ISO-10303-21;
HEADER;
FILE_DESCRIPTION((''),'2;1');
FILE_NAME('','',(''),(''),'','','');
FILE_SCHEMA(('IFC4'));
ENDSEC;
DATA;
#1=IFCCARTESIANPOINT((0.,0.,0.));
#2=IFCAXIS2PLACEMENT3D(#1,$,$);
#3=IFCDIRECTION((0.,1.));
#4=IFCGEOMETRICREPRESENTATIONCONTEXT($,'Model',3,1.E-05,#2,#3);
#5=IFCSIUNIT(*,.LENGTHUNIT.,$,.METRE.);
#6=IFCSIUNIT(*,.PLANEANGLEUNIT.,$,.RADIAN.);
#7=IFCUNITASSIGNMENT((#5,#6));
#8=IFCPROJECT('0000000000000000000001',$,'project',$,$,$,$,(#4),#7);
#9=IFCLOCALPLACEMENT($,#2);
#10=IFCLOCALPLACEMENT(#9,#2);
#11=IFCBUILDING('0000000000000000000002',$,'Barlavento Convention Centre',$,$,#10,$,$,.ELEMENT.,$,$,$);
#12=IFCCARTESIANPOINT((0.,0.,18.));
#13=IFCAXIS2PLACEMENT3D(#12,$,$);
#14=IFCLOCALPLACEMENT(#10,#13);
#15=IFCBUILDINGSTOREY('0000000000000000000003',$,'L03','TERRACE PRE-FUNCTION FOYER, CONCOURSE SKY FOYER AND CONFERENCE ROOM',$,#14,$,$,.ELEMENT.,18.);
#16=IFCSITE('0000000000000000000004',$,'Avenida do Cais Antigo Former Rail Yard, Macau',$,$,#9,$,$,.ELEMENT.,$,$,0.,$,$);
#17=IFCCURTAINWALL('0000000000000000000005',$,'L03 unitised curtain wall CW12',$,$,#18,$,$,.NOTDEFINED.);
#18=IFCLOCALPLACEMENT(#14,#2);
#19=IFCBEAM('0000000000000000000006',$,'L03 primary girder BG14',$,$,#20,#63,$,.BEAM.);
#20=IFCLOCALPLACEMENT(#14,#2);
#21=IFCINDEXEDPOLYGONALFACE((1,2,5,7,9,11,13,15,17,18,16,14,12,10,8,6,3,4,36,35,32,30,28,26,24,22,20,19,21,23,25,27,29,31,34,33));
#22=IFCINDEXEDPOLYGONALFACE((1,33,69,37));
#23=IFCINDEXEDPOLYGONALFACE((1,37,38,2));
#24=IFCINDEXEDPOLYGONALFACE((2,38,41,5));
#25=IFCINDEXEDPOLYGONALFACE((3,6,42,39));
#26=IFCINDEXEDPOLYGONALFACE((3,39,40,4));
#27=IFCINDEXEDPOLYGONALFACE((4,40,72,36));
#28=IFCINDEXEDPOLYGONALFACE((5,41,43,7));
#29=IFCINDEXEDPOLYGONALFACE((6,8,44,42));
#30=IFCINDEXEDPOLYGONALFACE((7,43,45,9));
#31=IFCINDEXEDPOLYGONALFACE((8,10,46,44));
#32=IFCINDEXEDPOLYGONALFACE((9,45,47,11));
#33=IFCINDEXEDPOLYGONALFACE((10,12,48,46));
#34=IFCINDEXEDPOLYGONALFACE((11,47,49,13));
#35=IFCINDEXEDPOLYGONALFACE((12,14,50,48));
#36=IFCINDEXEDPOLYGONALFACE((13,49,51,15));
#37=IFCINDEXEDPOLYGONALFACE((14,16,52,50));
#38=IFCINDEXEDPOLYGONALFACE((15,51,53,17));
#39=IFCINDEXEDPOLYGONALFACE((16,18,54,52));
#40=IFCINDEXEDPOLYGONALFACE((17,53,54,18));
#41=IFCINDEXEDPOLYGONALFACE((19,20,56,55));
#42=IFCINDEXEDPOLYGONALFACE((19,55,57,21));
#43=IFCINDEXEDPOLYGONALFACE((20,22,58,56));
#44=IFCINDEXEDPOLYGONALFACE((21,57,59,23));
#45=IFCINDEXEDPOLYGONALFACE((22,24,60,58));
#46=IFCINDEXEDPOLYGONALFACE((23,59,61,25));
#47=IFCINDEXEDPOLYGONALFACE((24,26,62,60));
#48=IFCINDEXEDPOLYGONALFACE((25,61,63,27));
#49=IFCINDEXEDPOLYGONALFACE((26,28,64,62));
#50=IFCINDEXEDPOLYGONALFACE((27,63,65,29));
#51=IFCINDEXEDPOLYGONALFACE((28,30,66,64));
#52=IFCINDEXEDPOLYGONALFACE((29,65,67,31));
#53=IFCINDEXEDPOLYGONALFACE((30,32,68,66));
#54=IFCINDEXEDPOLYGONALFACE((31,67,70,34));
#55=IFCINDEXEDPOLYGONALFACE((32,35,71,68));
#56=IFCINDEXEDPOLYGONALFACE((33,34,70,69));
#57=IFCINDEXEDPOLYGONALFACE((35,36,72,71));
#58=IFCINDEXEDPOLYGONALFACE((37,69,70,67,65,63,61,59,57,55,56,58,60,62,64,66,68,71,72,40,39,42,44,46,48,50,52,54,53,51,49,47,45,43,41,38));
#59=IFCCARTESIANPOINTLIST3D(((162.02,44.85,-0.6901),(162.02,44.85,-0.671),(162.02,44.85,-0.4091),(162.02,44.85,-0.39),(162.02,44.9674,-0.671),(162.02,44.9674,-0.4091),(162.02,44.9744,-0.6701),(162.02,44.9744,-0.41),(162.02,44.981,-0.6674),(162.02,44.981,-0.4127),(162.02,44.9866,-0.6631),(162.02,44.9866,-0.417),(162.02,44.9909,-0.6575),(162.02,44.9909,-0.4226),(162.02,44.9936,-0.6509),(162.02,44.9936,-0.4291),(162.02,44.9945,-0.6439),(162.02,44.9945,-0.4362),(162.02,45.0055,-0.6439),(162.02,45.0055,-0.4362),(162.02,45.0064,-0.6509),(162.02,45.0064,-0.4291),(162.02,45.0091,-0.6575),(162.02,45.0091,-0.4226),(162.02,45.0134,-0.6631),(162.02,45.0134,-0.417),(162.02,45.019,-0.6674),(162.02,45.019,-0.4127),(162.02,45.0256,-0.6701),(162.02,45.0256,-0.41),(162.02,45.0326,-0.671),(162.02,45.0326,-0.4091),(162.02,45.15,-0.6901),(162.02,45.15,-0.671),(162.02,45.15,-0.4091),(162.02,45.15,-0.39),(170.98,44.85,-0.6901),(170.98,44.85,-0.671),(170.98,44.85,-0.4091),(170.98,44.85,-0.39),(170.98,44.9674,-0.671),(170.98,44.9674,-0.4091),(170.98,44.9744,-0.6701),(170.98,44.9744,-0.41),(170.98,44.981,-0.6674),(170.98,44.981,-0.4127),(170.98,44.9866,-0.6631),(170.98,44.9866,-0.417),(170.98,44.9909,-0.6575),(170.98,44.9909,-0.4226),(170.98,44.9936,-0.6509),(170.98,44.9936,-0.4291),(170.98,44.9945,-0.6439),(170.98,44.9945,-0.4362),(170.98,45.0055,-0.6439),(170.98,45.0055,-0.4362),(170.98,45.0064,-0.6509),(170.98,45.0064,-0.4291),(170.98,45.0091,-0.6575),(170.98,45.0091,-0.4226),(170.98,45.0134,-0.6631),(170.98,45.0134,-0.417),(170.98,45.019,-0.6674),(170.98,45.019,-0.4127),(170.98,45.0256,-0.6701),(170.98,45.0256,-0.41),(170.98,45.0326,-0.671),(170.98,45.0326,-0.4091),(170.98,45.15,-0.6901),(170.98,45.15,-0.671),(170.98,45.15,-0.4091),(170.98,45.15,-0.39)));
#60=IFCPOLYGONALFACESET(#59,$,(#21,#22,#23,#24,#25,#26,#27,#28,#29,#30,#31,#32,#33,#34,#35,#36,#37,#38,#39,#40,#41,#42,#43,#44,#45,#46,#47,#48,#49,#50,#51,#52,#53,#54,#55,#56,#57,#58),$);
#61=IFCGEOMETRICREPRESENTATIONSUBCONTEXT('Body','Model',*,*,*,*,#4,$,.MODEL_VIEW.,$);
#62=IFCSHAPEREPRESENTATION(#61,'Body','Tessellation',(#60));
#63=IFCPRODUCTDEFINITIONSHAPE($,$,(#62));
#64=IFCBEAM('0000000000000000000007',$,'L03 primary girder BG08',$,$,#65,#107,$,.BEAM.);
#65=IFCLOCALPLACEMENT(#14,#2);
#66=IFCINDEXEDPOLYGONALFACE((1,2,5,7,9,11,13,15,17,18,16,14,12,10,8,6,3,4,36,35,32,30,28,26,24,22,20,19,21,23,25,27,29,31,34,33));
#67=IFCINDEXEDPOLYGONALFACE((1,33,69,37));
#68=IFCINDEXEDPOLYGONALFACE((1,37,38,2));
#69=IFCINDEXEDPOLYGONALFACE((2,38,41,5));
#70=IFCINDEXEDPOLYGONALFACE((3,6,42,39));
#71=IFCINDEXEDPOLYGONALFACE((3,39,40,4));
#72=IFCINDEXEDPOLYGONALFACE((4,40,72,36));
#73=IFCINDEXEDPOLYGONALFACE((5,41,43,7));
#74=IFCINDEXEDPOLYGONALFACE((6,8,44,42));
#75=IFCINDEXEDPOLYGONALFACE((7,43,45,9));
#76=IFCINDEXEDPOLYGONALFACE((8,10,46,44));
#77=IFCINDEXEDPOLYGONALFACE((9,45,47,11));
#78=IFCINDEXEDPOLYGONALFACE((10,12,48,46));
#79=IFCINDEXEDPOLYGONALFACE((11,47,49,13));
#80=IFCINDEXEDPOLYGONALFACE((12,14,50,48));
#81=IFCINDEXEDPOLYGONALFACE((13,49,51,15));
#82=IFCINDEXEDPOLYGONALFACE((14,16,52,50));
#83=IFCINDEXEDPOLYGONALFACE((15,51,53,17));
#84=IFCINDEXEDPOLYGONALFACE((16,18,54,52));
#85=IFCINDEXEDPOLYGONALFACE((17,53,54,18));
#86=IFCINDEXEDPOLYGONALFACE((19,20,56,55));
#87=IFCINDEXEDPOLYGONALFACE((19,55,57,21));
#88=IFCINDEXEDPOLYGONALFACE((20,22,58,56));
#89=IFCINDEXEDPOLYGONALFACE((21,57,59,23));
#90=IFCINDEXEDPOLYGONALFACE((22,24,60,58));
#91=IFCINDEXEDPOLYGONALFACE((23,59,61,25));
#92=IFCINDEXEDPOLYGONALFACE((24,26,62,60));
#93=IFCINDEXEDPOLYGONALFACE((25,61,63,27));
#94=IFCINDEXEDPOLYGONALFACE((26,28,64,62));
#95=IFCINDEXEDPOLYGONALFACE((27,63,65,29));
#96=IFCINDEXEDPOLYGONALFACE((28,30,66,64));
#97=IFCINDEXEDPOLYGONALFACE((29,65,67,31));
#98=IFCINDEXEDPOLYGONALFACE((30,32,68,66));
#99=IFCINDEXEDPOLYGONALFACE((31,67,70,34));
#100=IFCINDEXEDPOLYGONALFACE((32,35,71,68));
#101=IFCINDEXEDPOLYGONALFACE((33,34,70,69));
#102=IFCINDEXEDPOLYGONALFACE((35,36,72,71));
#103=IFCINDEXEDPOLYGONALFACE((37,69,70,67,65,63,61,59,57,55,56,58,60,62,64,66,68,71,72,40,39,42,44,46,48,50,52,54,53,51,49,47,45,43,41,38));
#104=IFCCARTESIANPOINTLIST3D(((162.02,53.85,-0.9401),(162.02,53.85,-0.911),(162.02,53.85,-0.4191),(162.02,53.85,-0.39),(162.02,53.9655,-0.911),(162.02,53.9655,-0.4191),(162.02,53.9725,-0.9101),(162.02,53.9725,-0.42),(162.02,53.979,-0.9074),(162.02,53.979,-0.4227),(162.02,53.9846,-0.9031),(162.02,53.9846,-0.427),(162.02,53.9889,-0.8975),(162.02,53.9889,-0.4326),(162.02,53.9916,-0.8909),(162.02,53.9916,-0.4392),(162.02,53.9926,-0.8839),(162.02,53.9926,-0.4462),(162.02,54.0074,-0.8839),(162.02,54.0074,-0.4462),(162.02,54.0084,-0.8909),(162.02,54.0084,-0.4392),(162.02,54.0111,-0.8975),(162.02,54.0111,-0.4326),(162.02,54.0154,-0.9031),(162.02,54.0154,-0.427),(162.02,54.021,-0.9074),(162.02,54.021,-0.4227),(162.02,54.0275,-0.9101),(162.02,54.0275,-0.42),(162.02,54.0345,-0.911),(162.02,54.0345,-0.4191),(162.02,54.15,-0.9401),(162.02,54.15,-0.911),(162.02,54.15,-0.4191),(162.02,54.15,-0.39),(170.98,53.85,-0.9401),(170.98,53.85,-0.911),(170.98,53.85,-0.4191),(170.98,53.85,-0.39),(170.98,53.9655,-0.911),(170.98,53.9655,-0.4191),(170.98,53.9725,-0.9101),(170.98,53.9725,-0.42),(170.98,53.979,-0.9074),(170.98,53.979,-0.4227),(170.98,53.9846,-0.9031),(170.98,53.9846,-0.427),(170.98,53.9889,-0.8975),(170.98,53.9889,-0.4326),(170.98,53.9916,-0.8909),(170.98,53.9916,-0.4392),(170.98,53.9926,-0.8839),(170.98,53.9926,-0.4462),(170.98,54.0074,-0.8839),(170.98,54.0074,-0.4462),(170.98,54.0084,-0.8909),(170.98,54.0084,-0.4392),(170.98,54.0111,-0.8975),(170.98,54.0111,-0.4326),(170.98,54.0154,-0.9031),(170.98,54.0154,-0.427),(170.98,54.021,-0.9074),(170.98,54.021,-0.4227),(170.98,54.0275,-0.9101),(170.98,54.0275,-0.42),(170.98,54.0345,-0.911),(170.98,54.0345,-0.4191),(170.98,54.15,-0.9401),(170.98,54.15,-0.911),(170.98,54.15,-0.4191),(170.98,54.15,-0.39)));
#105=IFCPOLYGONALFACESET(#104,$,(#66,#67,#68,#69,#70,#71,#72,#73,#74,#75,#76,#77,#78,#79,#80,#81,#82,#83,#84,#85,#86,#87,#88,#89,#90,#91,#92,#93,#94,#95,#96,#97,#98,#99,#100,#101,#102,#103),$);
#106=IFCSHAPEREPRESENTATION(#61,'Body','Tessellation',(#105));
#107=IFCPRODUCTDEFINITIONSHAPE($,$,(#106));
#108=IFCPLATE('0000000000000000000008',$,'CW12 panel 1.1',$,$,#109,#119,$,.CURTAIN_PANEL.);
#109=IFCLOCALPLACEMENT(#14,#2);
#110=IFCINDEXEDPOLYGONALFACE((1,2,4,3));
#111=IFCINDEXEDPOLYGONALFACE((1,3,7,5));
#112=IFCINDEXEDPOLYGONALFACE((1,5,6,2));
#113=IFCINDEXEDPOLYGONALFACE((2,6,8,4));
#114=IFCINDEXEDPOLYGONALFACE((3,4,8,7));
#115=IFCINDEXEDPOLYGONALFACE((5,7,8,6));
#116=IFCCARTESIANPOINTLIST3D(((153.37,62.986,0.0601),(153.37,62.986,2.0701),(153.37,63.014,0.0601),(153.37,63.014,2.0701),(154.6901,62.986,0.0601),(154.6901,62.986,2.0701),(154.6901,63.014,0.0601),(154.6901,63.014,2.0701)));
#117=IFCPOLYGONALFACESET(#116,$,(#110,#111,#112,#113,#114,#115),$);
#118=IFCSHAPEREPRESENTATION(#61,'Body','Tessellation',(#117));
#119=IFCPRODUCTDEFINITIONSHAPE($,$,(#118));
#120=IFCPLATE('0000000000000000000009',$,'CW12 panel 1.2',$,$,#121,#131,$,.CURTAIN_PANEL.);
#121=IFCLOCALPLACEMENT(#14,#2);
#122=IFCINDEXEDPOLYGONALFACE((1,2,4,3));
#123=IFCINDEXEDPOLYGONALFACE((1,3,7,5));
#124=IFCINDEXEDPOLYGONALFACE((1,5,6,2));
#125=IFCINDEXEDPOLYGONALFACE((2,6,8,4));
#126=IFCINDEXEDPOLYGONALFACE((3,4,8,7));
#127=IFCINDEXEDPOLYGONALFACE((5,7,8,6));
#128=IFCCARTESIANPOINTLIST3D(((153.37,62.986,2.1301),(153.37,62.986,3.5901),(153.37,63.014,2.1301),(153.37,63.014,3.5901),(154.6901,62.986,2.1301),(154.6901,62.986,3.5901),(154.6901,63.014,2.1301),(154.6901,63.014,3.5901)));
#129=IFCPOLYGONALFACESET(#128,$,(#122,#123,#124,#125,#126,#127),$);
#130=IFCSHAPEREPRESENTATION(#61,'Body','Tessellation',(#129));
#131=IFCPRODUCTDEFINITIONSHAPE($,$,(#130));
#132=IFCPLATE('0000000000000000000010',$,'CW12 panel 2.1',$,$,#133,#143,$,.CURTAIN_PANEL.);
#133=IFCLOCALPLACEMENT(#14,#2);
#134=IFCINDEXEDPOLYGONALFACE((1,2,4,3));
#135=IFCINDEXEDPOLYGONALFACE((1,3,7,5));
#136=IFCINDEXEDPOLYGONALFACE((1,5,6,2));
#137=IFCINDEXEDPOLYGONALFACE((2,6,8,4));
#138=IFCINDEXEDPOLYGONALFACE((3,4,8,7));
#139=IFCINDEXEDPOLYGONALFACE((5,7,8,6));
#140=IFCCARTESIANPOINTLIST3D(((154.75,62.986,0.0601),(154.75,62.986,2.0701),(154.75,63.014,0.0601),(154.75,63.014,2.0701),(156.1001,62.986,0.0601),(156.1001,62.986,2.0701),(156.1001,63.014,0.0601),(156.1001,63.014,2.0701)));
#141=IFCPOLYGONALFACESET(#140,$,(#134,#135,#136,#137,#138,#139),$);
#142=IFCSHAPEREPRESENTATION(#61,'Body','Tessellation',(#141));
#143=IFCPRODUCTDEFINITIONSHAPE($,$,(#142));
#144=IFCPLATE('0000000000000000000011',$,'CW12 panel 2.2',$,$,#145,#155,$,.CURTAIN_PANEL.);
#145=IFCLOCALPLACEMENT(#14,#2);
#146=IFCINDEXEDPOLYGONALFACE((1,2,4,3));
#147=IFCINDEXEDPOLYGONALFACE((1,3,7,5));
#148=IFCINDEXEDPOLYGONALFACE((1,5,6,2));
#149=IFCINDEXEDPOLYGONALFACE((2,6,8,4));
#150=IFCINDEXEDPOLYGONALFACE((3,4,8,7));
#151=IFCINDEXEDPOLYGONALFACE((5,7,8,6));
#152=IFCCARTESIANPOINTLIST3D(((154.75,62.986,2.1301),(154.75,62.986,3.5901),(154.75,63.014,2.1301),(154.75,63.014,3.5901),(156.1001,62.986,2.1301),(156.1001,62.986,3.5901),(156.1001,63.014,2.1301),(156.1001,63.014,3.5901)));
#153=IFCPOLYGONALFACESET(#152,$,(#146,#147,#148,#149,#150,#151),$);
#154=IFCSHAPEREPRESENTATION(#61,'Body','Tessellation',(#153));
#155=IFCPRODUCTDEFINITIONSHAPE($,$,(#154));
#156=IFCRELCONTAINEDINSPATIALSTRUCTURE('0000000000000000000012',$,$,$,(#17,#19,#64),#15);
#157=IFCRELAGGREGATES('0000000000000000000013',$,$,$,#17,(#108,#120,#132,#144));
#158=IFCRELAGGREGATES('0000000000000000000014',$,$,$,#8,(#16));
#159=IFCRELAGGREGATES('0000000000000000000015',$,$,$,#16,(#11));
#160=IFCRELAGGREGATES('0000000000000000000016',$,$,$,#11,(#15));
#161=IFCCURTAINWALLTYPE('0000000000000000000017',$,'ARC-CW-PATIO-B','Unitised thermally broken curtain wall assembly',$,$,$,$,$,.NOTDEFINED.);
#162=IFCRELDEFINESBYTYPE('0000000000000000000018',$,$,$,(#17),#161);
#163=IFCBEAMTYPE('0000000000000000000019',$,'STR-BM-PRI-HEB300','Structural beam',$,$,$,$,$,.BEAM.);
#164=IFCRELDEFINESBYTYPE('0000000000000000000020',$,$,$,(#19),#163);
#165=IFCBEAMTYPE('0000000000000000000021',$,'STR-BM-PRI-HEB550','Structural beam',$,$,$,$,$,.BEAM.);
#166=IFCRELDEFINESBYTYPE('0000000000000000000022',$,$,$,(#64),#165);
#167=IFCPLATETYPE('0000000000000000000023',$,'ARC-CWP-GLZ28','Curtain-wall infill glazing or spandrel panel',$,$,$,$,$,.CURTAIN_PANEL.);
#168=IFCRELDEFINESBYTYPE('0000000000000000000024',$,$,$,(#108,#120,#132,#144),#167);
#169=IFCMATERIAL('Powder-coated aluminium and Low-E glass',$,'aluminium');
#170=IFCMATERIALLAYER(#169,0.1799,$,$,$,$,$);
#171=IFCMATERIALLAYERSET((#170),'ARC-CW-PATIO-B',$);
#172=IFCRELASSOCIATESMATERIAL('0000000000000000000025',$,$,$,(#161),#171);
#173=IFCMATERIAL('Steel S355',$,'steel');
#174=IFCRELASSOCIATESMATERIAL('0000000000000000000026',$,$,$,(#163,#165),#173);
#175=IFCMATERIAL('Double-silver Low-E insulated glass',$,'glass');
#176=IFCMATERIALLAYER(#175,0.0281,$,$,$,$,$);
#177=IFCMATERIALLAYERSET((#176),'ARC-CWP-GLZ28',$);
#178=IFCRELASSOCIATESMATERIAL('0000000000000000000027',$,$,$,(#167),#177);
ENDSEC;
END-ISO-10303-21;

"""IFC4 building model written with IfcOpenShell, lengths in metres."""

from ifc_helpers import new_model, si_unit, direction, frame, origin, origin_2d, place, context, subcontext, project, spatial, rectangle, i_section, extrude, material, layer, layer_set, material_profile, profile_set, type_object, element, aggregate, save


model = new_model("IFC4")

# Units and contexts
model_context = context("Model", 3, precision=1e-05, world=origin(), true_north=direction((0.0, 1.0)))
body_context = subcontext(model_context, "Body", "Model", "MODEL_VIEW")
ifc_project = project(units=[si_unit("LENGTHUNIT", "METRE"), si_unit("PLANEANGLEUNIT", "RADIAN")], contexts=[model_context])

# Site, building, storey
site_placement = place(None, origin())
site = spatial("IfcSite", under=ifc_project, at=site_placement, Name="Avenida do Cais Antigo Former Rail Yard, Macau", CompositionType="ELEMENT", RefElevation=0.0)
building_placement = place(site_placement, origin())
building = spatial("IfcBuilding", under=site, at=building_placement, Name="Barlavento Convention Centre", CompositionType="ELEMENT")
storey_placement = place(building_placement, frame((0.0, 0.0, 18.0)))
storey = spatial("IfcBuildingStorey", under=building, at=storey_placement, Name="L03", Description="TERRACE PRE-FUNCTION FOYER, CONCOURSE SKY FOYER AND CONFERENCE ROOM", CompositionType="ELEMENT", Elevation=18.0)

# Shared definitions
ifc_material_1 = material(Name="Steel S355", Category="steel")

# Curtain wall
ifc_material_2 = material(Name="Powder-coated aluminium and Low-E glass", Category="aluminium")
ifc_layer_1 = layer(ifc_material_2, 0.1799)
ifc_layer_set_1 = layer_set([ifc_layer_1], Name="ARC-CW-PATIO-B")
curtain_wall_type = type_object("IfcCurtainWallType", Name="ARC-CW-PATIO-B", Description="Unitised thermally broken curtain wall assembly", PredefinedType="NOTDEFINED", material=ifc_layer_set_1)
curtain_wall_placement = place(storey_placement, origin())
curtain_wall = element("IfcCurtainWall", 1, at=curtain_wall_placement, inside=storey, type_object=curtain_wall_type, Name="L03 unitised curtain wall CW12", PredefinedType="NOTDEFINED")

# Beams
ifc_material_profile_1 = material_profile(ifc_material_1, i_section(OverallWidth=0.3, OverallDepth=0.3, WebThickness=0.011, FlangeThickness=0.019, FilletRadius=0.0271, at=origin_2d()), Name="HEB 300")
ifc_profile_set_1 = profile_set([ifc_material_profile_1], Name="Steel S355")
beam_type_1 = type_object("IfcBeamType", Name="STR-BM-PRI-HEB300", Description="Structural beam", PredefinedType="BEAM", material=ifc_profile_set_1)
beam_1_placement = place(storey_placement, frame((162.02, 45.0, -0.54), z_axis=(1.0, 0.0, 0.0), x_axis=(0.0, 1.0, 0.0)))
element("IfcBeam", 2, at=beam_1_placement, inside=storey, type_object=beam_type_1, Name="L03 primary girder BG14", PredefinedType="BEAM", context=body_context, shape_type="SweptSolid", body=[
    extrude(i_section(OverallWidth=0.3, OverallDepth=0.3, WebThickness=0.011, FlangeThickness=0.019, FilletRadius=0.0271, at=origin_2d()), origin(), (0.0, 0.0, 1.0), 8.96),
])
ifc_material_profile_2 = material_profile(ifc_material_1, i_section(OverallWidth=0.3, OverallDepth=0.55, WebThickness=0.0149, FlangeThickness=0.0291, FilletRadius=0.0271, at=origin_2d()), Name="HEB 550")
ifc_profile_set_2 = profile_set([ifc_material_profile_2], Name="Steel S355")
beam_type_2 = type_object("IfcBeamType", Name="STR-BM-PRI-HEB550", Description="Structural beam", PredefinedType="BEAM", material=ifc_profile_set_2)
beam_2_placement = place(storey_placement, frame((162.02, 54.0, -0.665), z_axis=(1.0, 0.0, 0.0), x_axis=(0.0, 1.0, 0.0)))
element("IfcBeam", 3, at=beam_2_placement, inside=storey, type_object=beam_type_2, Name="L03 primary girder BG08", PredefinedType="BEAM", context=body_context, shape_type="SweptSolid", body=[
    extrude(i_section(OverallWidth=0.3, OverallDepth=0.55, WebThickness=0.0149, FlangeThickness=0.0291, FilletRadius=0.0271, at=origin_2d()), origin(), (0.0, 0.0, 1.0), 8.96),
])

# Plates
ifc_material_3 = material(Name="Double-silver Low-E insulated glass", Category="glass")
ifc_layer_2 = layer(ifc_material_3, 0.0281)
ifc_layer_set_2 = layer_set([ifc_layer_2], Name="ARC-CWP-GLZ28")
plate_type = type_object("IfcPlateType", Name="ARC-CWP-GLZ28", Description="Curtain-wall infill glazing or spandrel panel", PredefinedType="CURTAIN_PANEL", material=ifc_layer_set_2)
plate_1_placement = place(storey_placement, frame((154.03, 63.0, 0.0601), z_axis=(0.0, 0.0, 1.0), x_axis=(1.0, 0.0, 0.0)))
plate_1 = element("IfcPlate", 4, at=plate_1_placement, type_object=plate_type, Name="CW12 panel 1.1", PredefinedType="CURTAIN_PANEL", context=body_context, shape_type="SweptSolid", body=[
    extrude(rectangle(XDim=1.3201, YDim=0.0281, at=origin_2d()), origin(), (0.0, 0.0, 1.0), 2.01),
])
plate_2_placement = place(storey_placement, frame((154.03, 63.0, 2.1301), z_axis=(0.0, 0.0, 1.0), x_axis=(1.0, 0.0, 0.0)))
plate_2 = element("IfcPlate", 5, at=plate_2_placement, type_object=plate_type, Name="CW12 panel 1.2", PredefinedType="CURTAIN_PANEL", context=body_context, shape_type="SweptSolid", body=[
    extrude(rectangle(XDim=1.3201, YDim=0.0281, at=origin_2d()), origin(), (0.0, 0.0, 1.0), 1.46),
])
plate_3_placement = place(storey_placement, frame((155.425, 63.0, 0.0601), z_axis=(0.0, 0.0, 1.0), x_axis=(1.0, 0.0, 0.0)))
plate_3 = element("IfcPlate", 6, at=plate_3_placement, type_object=plate_type, Name="CW12 panel 2.1", PredefinedType="CURTAIN_PANEL", context=body_context, shape_type="SweptSolid", body=[
    extrude(rectangle(XDim=1.3501, YDim=0.0281, at=origin_2d()), origin(), (0.0, 0.0, 1.0), 2.01),
])
plate_4_placement = place(storey_placement, frame((155.425, 63.0, 2.1301), z_axis=(0.0, 0.0, 1.0), x_axis=(1.0, 0.0, 0.0)))
plate_4 = element("IfcPlate", 7, at=plate_4_placement, type_object=plate_type, Name="CW12 panel 2.2", PredefinedType="CURTAIN_PANEL", context=body_context, shape_type="SweptSolid", body=[
    extrude(rectangle(XDim=1.3501, YDim=0.0281, at=origin_2d()), origin(), (0.0, 0.0, 1.0), 1.46),
])
aggregate(curtain_wall, [plate_1, plate_2, plate_3, plate_4])

save(model, "model.ifc")
